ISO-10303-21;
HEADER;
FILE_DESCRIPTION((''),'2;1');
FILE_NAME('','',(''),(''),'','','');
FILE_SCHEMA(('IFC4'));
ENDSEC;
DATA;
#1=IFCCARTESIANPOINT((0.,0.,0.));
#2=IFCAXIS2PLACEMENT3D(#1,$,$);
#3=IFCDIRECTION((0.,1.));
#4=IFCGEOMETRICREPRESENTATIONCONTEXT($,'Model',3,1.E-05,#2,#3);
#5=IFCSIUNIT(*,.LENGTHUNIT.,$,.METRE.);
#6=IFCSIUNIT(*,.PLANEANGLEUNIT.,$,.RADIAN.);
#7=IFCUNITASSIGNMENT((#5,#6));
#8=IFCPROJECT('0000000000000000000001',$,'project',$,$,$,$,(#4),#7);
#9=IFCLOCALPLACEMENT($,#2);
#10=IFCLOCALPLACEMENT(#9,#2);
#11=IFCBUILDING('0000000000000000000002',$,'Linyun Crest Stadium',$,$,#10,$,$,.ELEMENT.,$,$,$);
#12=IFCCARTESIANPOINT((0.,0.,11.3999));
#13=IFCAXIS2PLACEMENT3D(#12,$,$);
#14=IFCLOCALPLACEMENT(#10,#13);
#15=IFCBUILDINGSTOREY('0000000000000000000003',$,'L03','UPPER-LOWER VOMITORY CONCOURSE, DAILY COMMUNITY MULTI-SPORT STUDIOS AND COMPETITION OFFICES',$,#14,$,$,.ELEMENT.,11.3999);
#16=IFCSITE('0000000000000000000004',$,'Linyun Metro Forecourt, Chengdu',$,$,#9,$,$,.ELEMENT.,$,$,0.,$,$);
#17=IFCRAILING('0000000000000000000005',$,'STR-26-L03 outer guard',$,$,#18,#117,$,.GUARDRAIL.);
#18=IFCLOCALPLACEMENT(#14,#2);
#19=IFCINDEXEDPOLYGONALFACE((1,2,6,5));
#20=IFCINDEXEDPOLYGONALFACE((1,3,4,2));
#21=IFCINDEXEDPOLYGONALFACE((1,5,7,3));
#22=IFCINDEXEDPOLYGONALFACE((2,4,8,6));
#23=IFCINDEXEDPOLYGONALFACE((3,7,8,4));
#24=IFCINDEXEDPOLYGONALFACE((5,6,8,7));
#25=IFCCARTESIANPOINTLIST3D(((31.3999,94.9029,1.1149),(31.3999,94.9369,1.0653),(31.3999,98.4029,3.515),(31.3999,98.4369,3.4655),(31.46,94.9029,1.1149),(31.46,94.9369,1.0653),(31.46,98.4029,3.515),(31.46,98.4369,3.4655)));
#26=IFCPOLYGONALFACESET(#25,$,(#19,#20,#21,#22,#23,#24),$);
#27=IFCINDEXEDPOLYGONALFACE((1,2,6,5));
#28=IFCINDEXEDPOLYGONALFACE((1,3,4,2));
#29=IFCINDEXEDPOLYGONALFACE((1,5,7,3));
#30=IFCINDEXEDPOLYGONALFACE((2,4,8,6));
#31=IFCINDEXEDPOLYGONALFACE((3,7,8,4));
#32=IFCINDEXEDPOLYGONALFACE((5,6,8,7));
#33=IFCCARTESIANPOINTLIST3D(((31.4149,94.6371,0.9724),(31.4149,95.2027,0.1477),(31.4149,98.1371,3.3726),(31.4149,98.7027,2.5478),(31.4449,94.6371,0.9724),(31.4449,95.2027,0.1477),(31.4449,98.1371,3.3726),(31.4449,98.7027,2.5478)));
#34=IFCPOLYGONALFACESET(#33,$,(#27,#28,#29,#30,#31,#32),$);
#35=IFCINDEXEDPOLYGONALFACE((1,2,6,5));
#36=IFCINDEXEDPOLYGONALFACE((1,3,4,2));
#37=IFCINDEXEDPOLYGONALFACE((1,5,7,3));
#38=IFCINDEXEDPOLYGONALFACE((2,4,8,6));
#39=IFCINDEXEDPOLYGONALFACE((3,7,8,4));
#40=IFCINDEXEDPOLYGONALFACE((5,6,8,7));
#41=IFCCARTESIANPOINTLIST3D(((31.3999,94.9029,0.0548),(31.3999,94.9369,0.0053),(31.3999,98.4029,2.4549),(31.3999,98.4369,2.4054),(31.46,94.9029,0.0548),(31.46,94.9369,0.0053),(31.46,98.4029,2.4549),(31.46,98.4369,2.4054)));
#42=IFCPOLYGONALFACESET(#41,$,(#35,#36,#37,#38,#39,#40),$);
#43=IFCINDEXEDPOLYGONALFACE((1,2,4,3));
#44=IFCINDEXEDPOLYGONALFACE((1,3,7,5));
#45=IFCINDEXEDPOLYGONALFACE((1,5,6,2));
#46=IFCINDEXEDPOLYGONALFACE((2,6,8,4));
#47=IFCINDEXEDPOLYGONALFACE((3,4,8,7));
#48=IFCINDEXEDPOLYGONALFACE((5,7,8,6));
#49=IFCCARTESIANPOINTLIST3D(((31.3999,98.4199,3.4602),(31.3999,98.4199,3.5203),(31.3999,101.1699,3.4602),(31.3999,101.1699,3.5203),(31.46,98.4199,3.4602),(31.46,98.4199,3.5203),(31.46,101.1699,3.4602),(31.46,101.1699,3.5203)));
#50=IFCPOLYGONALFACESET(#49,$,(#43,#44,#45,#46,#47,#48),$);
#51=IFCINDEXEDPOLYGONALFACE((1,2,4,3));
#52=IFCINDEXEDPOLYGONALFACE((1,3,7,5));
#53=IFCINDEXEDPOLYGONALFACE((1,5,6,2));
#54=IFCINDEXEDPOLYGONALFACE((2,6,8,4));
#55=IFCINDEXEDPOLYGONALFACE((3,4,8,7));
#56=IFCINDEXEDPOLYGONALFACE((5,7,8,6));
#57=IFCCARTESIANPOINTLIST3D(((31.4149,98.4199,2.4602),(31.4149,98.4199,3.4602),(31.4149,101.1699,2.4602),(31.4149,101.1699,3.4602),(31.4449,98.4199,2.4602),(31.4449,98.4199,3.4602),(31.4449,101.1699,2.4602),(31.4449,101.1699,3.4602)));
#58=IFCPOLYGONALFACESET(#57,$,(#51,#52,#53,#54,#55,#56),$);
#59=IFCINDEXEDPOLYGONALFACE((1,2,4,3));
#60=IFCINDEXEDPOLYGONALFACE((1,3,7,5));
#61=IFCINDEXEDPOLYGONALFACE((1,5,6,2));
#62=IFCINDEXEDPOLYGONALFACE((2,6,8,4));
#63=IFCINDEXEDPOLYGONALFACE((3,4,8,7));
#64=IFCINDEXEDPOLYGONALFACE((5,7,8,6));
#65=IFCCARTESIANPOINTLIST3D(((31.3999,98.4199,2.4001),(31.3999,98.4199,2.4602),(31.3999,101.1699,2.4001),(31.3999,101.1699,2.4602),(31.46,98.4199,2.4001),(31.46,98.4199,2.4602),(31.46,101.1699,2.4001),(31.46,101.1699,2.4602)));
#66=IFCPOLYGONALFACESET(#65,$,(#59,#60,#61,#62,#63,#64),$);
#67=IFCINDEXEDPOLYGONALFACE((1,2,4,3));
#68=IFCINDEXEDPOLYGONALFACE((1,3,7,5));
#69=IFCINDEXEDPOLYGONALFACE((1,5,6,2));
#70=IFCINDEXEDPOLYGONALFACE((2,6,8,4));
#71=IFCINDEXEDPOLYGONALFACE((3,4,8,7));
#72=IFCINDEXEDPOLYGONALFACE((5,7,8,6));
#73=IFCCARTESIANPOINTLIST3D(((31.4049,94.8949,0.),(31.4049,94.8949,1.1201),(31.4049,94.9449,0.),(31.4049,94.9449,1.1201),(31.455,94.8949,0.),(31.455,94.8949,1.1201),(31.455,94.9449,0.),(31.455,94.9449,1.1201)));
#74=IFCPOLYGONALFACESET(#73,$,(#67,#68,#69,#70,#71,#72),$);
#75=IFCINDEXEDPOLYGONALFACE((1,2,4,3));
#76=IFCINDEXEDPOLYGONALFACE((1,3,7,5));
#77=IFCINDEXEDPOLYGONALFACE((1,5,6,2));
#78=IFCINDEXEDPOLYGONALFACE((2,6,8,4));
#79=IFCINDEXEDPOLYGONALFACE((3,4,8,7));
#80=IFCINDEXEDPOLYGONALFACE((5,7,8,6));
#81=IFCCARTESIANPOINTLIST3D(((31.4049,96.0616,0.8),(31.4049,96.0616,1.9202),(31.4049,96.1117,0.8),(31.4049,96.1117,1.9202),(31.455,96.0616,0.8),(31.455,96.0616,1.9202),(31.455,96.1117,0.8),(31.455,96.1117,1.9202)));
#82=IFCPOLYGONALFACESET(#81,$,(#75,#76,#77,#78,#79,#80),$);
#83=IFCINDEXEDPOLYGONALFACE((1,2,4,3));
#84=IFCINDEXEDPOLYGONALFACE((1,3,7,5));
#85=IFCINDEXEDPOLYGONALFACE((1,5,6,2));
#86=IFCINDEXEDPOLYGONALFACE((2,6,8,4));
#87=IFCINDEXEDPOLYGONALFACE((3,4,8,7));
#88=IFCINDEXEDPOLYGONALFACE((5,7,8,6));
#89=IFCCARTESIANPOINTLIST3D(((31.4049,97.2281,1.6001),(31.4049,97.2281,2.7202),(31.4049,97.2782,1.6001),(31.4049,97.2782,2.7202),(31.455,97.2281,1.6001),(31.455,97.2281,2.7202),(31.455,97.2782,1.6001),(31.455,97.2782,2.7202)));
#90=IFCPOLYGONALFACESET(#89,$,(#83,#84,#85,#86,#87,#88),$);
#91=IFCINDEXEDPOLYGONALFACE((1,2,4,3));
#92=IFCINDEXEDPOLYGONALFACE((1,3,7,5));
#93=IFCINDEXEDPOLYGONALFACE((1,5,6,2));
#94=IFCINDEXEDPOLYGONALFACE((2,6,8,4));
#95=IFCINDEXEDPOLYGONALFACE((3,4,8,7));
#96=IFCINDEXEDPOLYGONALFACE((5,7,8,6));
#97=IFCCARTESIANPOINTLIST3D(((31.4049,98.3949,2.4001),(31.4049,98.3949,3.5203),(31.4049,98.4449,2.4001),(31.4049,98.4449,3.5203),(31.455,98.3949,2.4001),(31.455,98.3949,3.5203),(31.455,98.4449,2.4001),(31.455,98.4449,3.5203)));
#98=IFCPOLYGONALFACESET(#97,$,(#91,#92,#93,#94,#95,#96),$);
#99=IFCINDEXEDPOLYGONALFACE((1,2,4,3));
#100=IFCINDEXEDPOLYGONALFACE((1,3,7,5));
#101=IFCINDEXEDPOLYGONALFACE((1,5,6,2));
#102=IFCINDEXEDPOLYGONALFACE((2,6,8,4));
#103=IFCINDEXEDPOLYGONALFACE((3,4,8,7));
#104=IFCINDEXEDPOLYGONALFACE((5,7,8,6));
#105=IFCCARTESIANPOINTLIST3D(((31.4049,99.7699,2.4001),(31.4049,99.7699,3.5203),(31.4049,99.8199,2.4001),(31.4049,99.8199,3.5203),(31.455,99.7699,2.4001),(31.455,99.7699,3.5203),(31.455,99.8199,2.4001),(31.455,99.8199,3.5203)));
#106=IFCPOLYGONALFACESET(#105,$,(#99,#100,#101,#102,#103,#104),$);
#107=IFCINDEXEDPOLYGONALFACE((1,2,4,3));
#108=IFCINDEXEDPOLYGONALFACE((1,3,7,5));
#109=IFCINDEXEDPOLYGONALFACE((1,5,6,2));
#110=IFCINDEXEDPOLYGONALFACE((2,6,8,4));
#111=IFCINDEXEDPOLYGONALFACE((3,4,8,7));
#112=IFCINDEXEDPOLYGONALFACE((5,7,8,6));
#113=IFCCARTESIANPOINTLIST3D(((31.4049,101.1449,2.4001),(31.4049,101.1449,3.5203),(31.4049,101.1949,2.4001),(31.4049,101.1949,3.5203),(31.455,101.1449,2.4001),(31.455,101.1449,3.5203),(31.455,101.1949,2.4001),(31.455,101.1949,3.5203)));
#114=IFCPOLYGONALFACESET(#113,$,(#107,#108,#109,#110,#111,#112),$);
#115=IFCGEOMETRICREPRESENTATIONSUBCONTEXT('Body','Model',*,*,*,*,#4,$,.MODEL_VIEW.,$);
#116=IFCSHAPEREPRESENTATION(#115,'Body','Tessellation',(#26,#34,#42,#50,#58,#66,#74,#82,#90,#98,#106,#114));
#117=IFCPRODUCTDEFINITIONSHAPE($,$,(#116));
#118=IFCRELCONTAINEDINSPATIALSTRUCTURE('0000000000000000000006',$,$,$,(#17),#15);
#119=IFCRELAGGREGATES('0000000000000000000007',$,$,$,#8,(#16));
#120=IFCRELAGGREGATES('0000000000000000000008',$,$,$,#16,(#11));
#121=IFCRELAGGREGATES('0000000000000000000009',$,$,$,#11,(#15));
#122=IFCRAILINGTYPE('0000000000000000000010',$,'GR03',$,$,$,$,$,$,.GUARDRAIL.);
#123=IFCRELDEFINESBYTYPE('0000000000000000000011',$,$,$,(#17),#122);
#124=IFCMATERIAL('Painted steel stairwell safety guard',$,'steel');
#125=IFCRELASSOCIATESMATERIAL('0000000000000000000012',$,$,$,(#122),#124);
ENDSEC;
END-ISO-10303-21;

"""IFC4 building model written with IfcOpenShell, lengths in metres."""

from ifc_helpers import new_model, si_unit, direction, frame, origin, origin_2d, place, context, subcontext, project, spatial, rectangle, extrude, material, type_object, element, save


model = new_model("IFC4")

# Units and contexts
model_context = context("Model", 3, precision=1e-05, world=origin(), true_north=direction((0.0, 1.0)))
body_context = subcontext(model_context, "Body", "Model", "MODEL_VIEW")
ifc_project = project(units=[si_unit("LENGTHUNIT", "METRE"), si_unit("PLANEANGLEUNIT", "RADIAN")], contexts=[model_context])

# Site, building, storey
site_placement = place(None, origin())
site = spatial("IfcSite", under=ifc_project, at=site_placement, Name="Linyun Metro Forecourt, Chengdu", CompositionType="ELEMENT", RefElevation=0.0)
building_placement = place(site_placement, origin())
building = spatial("IfcBuilding", under=site, at=building_placement, Name="Linyun Crest Stadium", CompositionType="ELEMENT")
storey_placement = place(building_placement, frame((0.0, 0.0, 11.3999)))
storey = spatial("IfcBuildingStorey", under=building, at=storey_placement, Name="L03", Description="UPPER-LOWER VOMITORY CONCOURSE, DAILY COMMUNITY MULTI-SPORT STUDIOS AND COMPETITION OFFICES", CompositionType="ELEMENT", Elevation=11.3999)

# Railing
ifc_material_1 = material(Name="Painted steel stairwell safety guard", Category="steel")
railing_type_1 = type_object("IfcRailingType", Name="GR03", PredefinedType="GUARDRAIL", material=ifc_material_1)
railing_1_placement = place(storey_placement, frame((31.4299, 94.9199, 0.0)))
element("IfcRailing", 1, at=railing_1_placement, inside=storey, type_object=railing_type_1, Name="STR-26-L03 outer guard", PredefinedType="GUARDRAIL", context=body_context, shape_type="SweptSolid", body=[
    extrude(rectangle(XDim=0.0601, YDim=0.0601, at=origin_2d()), frame((0.0, 0.0, 1.0901), z_axis=(0.0, 0.824713, 0.565552), x_axis=(-1.0, 0.0, 0.0)), (0.0, 0.0, 1.0), 4.2439),
    extrude(rectangle(XDim=0.03, YDim=1.0, at=origin_2d()), frame((0.0, 0.0, 0.5601), z_axis=(0.0, 0.824713, 0.565552), x_axis=(-1.0, 0.0, 0.0)), (0.0, 0.0, 1.0), 4.2439),
    extrude(rectangle(XDim=0.0601, YDim=0.0601, at=origin_2d()), frame((0.0, 0.0, 0.03), z_axis=(0.0, 0.824713, 0.565552), x_axis=(-1.0, 0.0, 0.0)), (0.0, 0.0, 1.0), 4.2439),
    extrude(rectangle(XDim=0.0601, YDim=0.0601, at=origin_2d()), frame((0.0, 3.5, 3.4902), z_axis=(0.0, 1.0, 0.0), x_axis=(-1.0, 0.0, 0.0)), (0.0, 0.0, 1.0), 2.75),
    extrude(rectangle(XDim=0.03, YDim=1.0, at=origin_2d()), frame((0.0, 3.5, 2.9602), z_axis=(0.0, 1.0, 0.0), x_axis=(-1.0, 0.0, 0.0)), (0.0, 0.0, 1.0), 2.75),
    extrude(rectangle(XDim=0.0601, YDim=0.0601, at=origin_2d()), frame((0.0, 3.5, 2.4302), z_axis=(0.0, 1.0, 0.0), x_axis=(-1.0, 0.0, 0.0)), (0.0, 0.0, 1.0), 2.75),
    extrude(rectangle(XDim=0.05, YDim=0.05, at=origin_2d()), origin(), (0.0, 0.0, 1.0), 1.1201),
    extrude(rectangle(XDim=0.05, YDim=0.05, at=origin_2d()), frame((0.0, 1.1667, 0.8)), (0.0, 0.0, 1.0), 1.1201),
    extrude(rectangle(XDim=0.05, YDim=0.05, at=origin_2d()), frame((0.0, 2.3333, 1.6001)), (0.0, 0.0, 1.0), 1.1201),
    extrude(rectangle(XDim=0.05, YDim=0.05, at=origin_2d()), frame((0.0, 3.5, 2.4001)), (0.0, 0.0, 1.0), 1.1201),
    extrude(rectangle(XDim=0.05, YDim=0.05, at=origin_2d()), frame((0.0, 4.875, 2.4001)), (0.0, 0.0, 1.0), 1.1201),
    extrude(rectangle(XDim=0.05, YDim=0.05, at=origin_2d()), frame((0.0, 6.25, 2.4001)), (0.0, 0.0, 1.0), 1.1201),
])

save(model, "model.ifc")
